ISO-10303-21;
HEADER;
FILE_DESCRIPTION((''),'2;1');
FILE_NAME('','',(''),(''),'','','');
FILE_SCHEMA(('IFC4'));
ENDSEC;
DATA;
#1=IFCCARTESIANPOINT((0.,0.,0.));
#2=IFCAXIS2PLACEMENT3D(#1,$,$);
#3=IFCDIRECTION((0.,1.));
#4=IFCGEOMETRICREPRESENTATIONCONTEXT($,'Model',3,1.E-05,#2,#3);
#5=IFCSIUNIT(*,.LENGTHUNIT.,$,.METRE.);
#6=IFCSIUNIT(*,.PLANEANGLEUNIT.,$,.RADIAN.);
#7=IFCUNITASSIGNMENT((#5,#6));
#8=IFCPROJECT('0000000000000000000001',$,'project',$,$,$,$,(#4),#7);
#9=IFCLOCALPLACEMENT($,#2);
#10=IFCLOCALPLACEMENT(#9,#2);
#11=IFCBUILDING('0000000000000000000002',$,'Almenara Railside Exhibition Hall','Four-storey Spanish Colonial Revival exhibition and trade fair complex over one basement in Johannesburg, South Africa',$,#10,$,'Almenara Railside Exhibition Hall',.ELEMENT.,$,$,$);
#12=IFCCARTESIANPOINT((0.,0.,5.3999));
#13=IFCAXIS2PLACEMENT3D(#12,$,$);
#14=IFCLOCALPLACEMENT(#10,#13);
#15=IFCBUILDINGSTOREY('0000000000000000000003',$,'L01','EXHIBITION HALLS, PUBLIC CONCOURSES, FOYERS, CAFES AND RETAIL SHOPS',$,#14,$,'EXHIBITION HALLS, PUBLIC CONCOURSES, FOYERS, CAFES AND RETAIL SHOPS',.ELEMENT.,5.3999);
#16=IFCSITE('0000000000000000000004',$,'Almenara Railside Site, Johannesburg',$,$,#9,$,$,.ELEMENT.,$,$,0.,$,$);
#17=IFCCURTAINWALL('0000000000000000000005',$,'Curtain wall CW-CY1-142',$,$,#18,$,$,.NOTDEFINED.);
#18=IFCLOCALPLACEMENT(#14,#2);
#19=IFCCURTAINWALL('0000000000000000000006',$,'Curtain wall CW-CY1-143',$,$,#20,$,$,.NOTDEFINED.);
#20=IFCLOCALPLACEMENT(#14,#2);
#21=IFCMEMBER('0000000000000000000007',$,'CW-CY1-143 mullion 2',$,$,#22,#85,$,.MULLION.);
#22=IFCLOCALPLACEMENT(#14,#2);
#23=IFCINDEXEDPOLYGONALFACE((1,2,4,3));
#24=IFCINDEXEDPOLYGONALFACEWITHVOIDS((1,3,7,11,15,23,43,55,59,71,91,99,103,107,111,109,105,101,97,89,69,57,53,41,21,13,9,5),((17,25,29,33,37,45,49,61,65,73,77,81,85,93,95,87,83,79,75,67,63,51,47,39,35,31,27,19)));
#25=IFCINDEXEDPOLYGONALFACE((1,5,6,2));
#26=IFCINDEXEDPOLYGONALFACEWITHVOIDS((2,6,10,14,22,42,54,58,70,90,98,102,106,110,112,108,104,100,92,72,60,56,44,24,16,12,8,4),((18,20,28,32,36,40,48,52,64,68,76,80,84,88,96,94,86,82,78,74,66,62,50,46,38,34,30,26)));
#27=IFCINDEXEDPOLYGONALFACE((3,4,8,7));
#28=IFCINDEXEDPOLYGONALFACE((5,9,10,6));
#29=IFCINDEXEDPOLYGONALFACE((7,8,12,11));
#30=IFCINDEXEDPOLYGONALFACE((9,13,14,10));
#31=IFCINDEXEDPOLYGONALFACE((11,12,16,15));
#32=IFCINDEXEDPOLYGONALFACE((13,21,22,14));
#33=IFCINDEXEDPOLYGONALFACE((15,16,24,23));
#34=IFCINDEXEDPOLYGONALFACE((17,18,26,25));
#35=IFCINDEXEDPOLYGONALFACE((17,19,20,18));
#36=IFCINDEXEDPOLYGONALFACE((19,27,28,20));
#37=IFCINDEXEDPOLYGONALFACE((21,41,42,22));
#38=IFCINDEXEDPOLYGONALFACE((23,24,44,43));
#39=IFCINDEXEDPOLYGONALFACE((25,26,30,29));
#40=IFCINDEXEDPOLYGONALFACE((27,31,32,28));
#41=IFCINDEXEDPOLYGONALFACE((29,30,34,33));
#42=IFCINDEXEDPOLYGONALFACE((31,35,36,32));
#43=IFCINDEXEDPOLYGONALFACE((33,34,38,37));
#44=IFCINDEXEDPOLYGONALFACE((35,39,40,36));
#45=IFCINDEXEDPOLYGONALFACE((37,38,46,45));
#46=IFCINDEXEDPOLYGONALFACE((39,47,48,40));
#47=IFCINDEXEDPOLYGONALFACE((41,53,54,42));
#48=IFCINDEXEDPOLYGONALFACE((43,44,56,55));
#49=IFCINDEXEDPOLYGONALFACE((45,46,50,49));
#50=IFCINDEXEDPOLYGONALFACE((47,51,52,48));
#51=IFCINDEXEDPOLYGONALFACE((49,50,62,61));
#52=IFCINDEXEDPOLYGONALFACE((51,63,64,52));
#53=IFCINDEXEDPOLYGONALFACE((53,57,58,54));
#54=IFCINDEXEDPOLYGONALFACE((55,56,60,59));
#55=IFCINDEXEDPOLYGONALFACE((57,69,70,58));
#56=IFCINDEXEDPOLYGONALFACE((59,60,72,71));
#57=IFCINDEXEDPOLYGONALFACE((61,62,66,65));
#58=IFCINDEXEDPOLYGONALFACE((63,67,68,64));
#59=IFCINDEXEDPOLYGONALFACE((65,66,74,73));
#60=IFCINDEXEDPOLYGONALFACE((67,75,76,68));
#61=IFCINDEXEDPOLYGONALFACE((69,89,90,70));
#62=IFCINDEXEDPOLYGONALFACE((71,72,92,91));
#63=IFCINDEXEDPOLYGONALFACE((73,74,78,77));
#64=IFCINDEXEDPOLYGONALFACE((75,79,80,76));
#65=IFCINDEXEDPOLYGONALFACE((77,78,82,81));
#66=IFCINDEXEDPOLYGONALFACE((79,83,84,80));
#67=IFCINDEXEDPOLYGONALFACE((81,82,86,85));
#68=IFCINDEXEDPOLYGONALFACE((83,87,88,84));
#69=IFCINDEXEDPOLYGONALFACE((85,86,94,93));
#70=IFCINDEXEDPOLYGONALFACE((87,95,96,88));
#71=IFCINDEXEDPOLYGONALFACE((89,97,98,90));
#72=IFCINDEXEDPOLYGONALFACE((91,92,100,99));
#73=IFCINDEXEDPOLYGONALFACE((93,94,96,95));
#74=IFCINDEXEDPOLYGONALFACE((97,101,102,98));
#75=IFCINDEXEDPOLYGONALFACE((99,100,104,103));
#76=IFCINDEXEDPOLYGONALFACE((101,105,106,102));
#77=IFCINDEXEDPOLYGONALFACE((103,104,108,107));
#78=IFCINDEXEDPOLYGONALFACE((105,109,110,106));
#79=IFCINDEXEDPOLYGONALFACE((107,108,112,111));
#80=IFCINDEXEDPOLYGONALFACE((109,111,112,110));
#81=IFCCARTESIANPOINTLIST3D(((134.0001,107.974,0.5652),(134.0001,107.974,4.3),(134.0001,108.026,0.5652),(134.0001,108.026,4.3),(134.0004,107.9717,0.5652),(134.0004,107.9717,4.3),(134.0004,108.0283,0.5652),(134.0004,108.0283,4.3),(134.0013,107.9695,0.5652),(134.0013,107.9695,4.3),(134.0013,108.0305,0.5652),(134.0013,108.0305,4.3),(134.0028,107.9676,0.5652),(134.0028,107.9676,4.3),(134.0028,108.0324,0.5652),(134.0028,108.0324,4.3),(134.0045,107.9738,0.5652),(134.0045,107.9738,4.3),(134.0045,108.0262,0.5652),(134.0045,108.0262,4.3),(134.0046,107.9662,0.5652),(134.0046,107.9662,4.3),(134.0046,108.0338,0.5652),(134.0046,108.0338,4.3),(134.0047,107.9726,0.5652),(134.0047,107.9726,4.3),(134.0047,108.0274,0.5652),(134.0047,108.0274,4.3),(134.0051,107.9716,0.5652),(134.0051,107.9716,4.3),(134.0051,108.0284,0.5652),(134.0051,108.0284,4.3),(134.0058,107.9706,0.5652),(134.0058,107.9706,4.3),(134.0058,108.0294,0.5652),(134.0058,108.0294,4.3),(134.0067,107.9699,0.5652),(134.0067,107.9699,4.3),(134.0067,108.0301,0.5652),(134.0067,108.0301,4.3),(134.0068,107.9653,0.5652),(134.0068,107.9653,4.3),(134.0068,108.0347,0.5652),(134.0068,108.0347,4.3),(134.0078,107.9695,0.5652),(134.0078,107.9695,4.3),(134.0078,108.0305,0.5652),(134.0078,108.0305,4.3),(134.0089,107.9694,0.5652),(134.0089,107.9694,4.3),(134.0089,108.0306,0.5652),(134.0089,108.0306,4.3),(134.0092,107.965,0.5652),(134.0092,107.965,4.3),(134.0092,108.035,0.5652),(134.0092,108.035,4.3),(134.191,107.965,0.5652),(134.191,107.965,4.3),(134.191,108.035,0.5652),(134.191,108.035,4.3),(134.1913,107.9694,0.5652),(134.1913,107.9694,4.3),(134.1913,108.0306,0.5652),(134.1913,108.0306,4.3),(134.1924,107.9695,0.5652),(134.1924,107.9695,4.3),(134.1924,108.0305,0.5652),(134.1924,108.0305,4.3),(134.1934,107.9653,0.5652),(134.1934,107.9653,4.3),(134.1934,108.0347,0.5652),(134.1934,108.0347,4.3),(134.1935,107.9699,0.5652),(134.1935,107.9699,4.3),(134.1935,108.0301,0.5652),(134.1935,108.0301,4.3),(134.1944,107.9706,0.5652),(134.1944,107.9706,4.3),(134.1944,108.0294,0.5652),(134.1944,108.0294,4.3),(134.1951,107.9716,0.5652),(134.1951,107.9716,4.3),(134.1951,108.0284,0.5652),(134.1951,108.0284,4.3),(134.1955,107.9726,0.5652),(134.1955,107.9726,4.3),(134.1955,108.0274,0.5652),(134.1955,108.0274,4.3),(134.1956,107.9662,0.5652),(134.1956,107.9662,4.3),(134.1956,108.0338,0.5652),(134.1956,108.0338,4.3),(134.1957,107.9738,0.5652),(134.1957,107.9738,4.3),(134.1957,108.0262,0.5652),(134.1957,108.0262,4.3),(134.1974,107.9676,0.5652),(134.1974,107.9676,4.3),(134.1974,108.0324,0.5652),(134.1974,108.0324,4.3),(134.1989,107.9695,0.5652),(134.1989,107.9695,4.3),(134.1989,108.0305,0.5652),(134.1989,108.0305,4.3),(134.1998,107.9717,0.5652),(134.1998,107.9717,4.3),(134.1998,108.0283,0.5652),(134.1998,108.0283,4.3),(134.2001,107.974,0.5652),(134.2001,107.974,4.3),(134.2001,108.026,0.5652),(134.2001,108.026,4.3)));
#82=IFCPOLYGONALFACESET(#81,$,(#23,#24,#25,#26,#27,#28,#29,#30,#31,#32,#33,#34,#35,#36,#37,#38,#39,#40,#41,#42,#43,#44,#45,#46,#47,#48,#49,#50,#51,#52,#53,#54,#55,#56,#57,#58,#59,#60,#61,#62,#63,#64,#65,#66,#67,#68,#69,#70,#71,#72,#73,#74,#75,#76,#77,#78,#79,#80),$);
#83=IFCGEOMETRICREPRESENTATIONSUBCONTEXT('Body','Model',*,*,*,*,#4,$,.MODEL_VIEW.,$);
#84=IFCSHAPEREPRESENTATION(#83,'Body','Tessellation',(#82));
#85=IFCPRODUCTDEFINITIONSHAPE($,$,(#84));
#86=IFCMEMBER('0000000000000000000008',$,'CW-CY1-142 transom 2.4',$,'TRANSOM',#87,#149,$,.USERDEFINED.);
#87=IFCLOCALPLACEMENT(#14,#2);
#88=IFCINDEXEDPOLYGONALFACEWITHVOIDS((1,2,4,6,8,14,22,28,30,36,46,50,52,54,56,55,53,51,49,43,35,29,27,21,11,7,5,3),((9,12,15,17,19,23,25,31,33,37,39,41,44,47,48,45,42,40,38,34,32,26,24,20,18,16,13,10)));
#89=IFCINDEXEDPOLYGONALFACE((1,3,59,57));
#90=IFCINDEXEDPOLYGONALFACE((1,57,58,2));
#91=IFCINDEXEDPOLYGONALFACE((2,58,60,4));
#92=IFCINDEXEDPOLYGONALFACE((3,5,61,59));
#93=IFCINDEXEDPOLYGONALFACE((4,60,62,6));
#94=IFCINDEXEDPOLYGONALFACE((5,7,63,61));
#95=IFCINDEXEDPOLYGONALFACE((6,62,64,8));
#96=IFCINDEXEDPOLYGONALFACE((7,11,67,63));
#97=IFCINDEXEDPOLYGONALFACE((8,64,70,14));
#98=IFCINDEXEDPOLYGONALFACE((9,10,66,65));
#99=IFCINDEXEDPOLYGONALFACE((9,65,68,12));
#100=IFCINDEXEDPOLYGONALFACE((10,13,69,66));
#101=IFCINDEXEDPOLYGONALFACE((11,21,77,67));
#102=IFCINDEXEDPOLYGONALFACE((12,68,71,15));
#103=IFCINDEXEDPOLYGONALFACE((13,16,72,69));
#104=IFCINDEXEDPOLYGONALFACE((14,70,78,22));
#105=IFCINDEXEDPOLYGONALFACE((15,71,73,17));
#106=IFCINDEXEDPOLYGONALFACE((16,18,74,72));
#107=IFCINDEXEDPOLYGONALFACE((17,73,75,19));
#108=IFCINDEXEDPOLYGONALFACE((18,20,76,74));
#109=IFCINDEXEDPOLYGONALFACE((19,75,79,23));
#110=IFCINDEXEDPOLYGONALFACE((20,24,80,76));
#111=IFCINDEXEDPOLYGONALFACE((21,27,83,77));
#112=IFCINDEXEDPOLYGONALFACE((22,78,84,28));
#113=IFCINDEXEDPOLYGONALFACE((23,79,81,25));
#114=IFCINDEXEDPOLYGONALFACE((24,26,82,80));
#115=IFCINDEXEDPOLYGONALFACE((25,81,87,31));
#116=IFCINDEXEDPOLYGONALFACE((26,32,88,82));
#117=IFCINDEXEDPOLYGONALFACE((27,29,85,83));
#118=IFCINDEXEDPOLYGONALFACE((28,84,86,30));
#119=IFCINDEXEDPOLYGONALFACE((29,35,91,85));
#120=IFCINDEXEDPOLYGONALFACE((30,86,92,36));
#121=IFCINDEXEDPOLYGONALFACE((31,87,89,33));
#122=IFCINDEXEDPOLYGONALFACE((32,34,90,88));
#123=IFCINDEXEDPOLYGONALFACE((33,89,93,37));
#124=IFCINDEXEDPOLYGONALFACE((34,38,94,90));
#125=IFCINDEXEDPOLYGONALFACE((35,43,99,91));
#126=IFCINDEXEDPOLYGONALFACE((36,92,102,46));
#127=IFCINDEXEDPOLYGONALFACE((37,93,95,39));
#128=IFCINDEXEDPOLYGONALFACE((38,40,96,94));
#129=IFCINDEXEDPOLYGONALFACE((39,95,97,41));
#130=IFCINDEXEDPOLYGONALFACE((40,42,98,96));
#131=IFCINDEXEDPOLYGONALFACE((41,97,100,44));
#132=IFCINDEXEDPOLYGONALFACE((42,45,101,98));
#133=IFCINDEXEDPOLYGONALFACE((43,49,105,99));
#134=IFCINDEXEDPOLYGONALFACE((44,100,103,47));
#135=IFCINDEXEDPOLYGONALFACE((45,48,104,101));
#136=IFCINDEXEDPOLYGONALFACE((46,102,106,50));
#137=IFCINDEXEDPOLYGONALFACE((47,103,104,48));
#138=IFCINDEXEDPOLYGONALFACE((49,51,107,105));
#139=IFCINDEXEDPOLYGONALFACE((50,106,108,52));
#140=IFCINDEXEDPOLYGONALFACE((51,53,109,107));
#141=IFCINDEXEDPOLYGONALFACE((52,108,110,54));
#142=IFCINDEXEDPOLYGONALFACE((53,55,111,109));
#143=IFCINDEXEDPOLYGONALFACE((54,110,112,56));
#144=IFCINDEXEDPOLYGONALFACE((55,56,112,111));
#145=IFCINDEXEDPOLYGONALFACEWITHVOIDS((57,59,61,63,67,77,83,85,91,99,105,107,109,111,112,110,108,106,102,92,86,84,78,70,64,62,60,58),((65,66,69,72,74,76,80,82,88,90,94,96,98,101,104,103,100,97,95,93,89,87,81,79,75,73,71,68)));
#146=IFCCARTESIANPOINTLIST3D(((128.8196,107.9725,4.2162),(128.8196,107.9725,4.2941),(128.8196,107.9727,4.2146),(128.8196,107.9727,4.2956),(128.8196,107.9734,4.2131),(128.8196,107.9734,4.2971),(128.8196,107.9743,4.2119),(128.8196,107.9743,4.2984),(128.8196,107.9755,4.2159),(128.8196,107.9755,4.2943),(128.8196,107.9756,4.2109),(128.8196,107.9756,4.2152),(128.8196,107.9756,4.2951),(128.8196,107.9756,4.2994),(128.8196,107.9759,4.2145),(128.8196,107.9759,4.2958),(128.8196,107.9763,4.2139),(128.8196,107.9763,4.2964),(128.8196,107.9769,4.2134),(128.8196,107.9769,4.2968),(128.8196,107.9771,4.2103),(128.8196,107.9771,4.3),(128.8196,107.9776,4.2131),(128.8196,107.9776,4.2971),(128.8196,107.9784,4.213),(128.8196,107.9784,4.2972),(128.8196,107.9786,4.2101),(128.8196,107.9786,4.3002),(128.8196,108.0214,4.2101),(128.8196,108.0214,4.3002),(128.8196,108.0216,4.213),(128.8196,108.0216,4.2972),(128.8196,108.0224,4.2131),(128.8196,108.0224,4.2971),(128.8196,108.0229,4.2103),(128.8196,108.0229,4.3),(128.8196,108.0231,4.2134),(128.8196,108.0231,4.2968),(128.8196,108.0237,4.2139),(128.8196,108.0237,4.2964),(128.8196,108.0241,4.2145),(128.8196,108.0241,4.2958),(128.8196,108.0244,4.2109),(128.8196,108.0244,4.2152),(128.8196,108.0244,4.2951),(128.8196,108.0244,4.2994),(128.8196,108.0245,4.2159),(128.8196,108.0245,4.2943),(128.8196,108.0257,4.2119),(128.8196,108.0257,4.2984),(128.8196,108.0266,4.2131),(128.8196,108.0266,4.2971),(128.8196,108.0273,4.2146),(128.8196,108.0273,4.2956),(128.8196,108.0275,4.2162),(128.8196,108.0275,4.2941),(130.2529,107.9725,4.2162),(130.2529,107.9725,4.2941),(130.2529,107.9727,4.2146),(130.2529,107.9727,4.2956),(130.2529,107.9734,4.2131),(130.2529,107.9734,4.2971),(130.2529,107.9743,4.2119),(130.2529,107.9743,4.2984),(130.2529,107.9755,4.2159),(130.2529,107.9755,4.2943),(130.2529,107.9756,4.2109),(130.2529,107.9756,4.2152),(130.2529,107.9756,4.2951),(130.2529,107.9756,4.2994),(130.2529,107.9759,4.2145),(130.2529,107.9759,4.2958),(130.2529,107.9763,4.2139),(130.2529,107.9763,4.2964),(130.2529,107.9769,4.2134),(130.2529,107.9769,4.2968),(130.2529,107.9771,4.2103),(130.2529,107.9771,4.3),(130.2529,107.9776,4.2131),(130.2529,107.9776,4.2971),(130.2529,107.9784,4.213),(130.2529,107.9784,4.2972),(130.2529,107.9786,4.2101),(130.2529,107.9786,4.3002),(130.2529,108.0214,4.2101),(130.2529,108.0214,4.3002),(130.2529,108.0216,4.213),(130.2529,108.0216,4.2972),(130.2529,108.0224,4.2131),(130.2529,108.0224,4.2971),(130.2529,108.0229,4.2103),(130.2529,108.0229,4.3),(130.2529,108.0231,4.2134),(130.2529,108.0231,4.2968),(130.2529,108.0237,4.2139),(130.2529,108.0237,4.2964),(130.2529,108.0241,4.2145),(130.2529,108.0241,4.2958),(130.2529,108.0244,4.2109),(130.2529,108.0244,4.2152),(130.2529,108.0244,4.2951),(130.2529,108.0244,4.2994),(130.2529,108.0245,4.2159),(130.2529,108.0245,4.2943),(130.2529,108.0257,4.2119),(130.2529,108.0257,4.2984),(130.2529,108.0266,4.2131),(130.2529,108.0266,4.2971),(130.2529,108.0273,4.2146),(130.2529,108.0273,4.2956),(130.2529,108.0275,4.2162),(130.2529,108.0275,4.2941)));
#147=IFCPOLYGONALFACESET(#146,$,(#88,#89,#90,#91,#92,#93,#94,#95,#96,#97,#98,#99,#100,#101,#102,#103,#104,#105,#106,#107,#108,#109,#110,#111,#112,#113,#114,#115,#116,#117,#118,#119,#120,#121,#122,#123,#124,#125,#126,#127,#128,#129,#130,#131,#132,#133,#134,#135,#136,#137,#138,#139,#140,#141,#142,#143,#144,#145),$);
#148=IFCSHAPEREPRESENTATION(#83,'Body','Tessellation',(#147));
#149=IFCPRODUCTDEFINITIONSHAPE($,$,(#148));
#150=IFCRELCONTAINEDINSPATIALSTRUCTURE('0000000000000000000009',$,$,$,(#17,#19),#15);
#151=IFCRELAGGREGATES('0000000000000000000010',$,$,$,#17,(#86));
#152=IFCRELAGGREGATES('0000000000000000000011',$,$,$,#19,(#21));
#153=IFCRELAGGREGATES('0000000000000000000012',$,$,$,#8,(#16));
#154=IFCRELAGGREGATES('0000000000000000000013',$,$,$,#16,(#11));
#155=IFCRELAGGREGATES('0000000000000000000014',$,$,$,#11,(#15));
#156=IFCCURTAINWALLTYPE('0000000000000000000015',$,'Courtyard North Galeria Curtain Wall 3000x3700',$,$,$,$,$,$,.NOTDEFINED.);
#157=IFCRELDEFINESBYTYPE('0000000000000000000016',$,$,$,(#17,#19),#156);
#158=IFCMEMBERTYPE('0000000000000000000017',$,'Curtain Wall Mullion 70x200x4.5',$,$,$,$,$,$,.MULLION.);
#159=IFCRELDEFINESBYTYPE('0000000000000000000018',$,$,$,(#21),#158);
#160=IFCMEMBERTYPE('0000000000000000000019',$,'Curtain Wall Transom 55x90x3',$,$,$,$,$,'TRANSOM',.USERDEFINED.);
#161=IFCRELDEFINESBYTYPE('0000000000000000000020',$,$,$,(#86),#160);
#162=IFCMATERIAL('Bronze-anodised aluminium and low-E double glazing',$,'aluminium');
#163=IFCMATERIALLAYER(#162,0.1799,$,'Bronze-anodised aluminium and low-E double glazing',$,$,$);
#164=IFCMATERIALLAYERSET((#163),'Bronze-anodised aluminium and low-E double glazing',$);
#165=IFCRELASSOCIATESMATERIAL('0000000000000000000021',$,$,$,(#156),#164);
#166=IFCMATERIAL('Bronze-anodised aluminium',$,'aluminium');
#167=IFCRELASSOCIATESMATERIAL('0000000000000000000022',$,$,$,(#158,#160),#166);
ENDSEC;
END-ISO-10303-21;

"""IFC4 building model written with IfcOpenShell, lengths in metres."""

from ifc_helpers import new_model, si_unit, direction, frame, origin, origin_2d, place, context, subcontext, project, spatial, hollow_rectangle, extrude, material, layer, layer_set, material_profile, profile_set, type_object, element, aggregate, save


model = new_model("IFC4")

# Units and contexts
model_context = context("Model", 3, precision=1e-05, world=origin(), true_north=direction((0.0, 1.0)))
body_context = subcontext(model_context, "Body", "Model", "MODEL_VIEW")
ifc_project = project(units=[si_unit("LENGTHUNIT", "METRE"), si_unit("PLANEANGLEUNIT", "RADIAN")], contexts=[model_context])

# Site, building, storey
site_placement = place(None, origin())
site = spatial("IfcSite", under=ifc_project, at=site_placement, Name="Almenara Railside Site, Johannesburg", CompositionType="ELEMENT", RefElevation=0.0)
building_placement = place(site_placement, origin())
building = spatial("IfcBuilding", under=site, at=building_placement, Name="Almenara Railside Exhibition Hall", Description="Four-storey Spanish Colonial Revival exhibition and trade fair complex over one basement in Johannesburg, South Africa", LongName="Almenara Railside Exhibition Hall", CompositionType="ELEMENT")
storey_placement = place(building_placement, frame((0.0, 0.0, 5.3999)))
storey = spatial("IfcBuildingStorey", under=building, at=storey_placement, Name="L01", Description="EXHIBITION HALLS, PUBLIC CONCOURSES, FOYERS, CAFES AND RETAIL SHOPS", LongName="EXHIBITION HALLS, PUBLIC CONCOURSES, FOYERS, CAFES AND RETAIL SHOPS", CompositionType="ELEMENT", Elevation=5.3999)

# Curtain wall
ifc_material_1 = material(Name="Bronze-anodised aluminium and low-E double glazing", Category="aluminium")
ifc_layer_1 = layer(ifc_material_1, 0.1799, Name="Bronze-anodised aluminium and low-E double glazing")
ifc_layer_set_1 = layer_set([ifc_layer_1], Name="Bronze-anodised aluminium and low-E double glazing")
curtain_wall_type = type_object("IfcCurtainWallType", Name="Courtyard North Galeria Curtain Wall 3000x3700", PredefinedType="NOTDEFINED", material=ifc_layer_set_1)
curtain_wall_1_placement = place(storey_placement, origin())
curtain_wall_1 = element("IfcCurtainWall", 1, at=curtain_wall_1_placement, inside=storey, type_object=curtain_wall_type, Name="Curtain wall CW-CY1-142", PredefinedType="NOTDEFINED")
ifc_material_2 = material(Name="Bronze-anodised aluminium", Category="aluminium")

# Curtain wall, member
curtain_wall_2_placement = place(storey_placement, origin())
curtain_wall_2 = element("IfcCurtainWall", 2, at=curtain_wall_2_placement, inside=storey, type_object=curtain_wall_type, Name="Curtain wall CW-CY1-143", PredefinedType="NOTDEFINED")
ifc_material_profile_1 = material_profile(ifc_material_2, hollow_rectangle(XDim=0.0701, YDim=0.2, WallThickness=0.0044, InnerFilletRadius=0.0044, OuterFilletRadius=0.009, at=origin_2d()), Name="ALU-MUL 70x200x4.5")
ifc_profile_set_1 = profile_set([ifc_material_profile_1], Name="Bronze-anodised aluminium")
member_type_1 = type_object("IfcMemberType", Name="Curtain Wall Mullion 70x200x4.5", PredefinedType="MULLION", material=ifc_profile_set_1)
member_1_placement = place(storey_placement, frame((134.1001, 108.0, 0.5652), z_axis=(0.0, 0.0, 1.0), x_axis=(0.0, 1.0, 0.0)))
member_1 = element("IfcMember", 3, at=member_1_placement, type_object=member_type_1, Name="CW-CY1-143 mullion 2", PredefinedType="MULLION", context=body_context, shape_type="SweptSolid", body=[
    extrude(hollow_rectangle(XDim=0.0701, YDim=0.2, WallThickness=0.0044, InnerFilletRadius=0.0044, OuterFilletRadius=0.009, at=origin_2d()), origin(), (0.0, 0.0, 1.0), 3.7349),
])

# Member
ifc_material_profile_2 = material_profile(ifc_material_2, hollow_rectangle(XDim=0.0549, YDim=0.0901, WallThickness=0.0029, InnerFilletRadius=0.0029, OuterFilletRadius=0.0061, at=origin_2d()), Name="ALU-TRN 55x90x3")
ifc_profile_set_2 = profile_set([ifc_material_profile_2], Name="Bronze-anodised aluminium")
member_type_2 = type_object("IfcMemberType", Name="Curtain Wall Transom 55x90x3", ElementType="TRANSOM", PredefinedType="USERDEFINED", material=ifc_profile_set_2)
member_2_placement = place(storey_placement, frame((128.8196, 108.0, 4.2551), z_axis=(1.0, 0.0, 0.0), x_axis=(0.0, 1.0, 0.0)))
member_2 = element("IfcMember", 4, at=member_2_placement, type_object=member_type_2, Name="CW-CY1-142 transom 2.4", ObjectType="TRANSOM", PredefinedType="USERDEFINED", context=body_context, shape_type="SweptSolid", body=[
    extrude(hollow_rectangle(XDim=0.0549, YDim=0.0901, WallThickness=0.0029, InnerFilletRadius=0.0029, OuterFilletRadius=0.0061, at=origin_2d()), origin(), (0.0, 0.0, 1.0), 1.4333),
])

aggregate(curtain_wall_1, [member_2])
aggregate(curtain_wall_2, [member_1])

save(model, "model.ifc")
